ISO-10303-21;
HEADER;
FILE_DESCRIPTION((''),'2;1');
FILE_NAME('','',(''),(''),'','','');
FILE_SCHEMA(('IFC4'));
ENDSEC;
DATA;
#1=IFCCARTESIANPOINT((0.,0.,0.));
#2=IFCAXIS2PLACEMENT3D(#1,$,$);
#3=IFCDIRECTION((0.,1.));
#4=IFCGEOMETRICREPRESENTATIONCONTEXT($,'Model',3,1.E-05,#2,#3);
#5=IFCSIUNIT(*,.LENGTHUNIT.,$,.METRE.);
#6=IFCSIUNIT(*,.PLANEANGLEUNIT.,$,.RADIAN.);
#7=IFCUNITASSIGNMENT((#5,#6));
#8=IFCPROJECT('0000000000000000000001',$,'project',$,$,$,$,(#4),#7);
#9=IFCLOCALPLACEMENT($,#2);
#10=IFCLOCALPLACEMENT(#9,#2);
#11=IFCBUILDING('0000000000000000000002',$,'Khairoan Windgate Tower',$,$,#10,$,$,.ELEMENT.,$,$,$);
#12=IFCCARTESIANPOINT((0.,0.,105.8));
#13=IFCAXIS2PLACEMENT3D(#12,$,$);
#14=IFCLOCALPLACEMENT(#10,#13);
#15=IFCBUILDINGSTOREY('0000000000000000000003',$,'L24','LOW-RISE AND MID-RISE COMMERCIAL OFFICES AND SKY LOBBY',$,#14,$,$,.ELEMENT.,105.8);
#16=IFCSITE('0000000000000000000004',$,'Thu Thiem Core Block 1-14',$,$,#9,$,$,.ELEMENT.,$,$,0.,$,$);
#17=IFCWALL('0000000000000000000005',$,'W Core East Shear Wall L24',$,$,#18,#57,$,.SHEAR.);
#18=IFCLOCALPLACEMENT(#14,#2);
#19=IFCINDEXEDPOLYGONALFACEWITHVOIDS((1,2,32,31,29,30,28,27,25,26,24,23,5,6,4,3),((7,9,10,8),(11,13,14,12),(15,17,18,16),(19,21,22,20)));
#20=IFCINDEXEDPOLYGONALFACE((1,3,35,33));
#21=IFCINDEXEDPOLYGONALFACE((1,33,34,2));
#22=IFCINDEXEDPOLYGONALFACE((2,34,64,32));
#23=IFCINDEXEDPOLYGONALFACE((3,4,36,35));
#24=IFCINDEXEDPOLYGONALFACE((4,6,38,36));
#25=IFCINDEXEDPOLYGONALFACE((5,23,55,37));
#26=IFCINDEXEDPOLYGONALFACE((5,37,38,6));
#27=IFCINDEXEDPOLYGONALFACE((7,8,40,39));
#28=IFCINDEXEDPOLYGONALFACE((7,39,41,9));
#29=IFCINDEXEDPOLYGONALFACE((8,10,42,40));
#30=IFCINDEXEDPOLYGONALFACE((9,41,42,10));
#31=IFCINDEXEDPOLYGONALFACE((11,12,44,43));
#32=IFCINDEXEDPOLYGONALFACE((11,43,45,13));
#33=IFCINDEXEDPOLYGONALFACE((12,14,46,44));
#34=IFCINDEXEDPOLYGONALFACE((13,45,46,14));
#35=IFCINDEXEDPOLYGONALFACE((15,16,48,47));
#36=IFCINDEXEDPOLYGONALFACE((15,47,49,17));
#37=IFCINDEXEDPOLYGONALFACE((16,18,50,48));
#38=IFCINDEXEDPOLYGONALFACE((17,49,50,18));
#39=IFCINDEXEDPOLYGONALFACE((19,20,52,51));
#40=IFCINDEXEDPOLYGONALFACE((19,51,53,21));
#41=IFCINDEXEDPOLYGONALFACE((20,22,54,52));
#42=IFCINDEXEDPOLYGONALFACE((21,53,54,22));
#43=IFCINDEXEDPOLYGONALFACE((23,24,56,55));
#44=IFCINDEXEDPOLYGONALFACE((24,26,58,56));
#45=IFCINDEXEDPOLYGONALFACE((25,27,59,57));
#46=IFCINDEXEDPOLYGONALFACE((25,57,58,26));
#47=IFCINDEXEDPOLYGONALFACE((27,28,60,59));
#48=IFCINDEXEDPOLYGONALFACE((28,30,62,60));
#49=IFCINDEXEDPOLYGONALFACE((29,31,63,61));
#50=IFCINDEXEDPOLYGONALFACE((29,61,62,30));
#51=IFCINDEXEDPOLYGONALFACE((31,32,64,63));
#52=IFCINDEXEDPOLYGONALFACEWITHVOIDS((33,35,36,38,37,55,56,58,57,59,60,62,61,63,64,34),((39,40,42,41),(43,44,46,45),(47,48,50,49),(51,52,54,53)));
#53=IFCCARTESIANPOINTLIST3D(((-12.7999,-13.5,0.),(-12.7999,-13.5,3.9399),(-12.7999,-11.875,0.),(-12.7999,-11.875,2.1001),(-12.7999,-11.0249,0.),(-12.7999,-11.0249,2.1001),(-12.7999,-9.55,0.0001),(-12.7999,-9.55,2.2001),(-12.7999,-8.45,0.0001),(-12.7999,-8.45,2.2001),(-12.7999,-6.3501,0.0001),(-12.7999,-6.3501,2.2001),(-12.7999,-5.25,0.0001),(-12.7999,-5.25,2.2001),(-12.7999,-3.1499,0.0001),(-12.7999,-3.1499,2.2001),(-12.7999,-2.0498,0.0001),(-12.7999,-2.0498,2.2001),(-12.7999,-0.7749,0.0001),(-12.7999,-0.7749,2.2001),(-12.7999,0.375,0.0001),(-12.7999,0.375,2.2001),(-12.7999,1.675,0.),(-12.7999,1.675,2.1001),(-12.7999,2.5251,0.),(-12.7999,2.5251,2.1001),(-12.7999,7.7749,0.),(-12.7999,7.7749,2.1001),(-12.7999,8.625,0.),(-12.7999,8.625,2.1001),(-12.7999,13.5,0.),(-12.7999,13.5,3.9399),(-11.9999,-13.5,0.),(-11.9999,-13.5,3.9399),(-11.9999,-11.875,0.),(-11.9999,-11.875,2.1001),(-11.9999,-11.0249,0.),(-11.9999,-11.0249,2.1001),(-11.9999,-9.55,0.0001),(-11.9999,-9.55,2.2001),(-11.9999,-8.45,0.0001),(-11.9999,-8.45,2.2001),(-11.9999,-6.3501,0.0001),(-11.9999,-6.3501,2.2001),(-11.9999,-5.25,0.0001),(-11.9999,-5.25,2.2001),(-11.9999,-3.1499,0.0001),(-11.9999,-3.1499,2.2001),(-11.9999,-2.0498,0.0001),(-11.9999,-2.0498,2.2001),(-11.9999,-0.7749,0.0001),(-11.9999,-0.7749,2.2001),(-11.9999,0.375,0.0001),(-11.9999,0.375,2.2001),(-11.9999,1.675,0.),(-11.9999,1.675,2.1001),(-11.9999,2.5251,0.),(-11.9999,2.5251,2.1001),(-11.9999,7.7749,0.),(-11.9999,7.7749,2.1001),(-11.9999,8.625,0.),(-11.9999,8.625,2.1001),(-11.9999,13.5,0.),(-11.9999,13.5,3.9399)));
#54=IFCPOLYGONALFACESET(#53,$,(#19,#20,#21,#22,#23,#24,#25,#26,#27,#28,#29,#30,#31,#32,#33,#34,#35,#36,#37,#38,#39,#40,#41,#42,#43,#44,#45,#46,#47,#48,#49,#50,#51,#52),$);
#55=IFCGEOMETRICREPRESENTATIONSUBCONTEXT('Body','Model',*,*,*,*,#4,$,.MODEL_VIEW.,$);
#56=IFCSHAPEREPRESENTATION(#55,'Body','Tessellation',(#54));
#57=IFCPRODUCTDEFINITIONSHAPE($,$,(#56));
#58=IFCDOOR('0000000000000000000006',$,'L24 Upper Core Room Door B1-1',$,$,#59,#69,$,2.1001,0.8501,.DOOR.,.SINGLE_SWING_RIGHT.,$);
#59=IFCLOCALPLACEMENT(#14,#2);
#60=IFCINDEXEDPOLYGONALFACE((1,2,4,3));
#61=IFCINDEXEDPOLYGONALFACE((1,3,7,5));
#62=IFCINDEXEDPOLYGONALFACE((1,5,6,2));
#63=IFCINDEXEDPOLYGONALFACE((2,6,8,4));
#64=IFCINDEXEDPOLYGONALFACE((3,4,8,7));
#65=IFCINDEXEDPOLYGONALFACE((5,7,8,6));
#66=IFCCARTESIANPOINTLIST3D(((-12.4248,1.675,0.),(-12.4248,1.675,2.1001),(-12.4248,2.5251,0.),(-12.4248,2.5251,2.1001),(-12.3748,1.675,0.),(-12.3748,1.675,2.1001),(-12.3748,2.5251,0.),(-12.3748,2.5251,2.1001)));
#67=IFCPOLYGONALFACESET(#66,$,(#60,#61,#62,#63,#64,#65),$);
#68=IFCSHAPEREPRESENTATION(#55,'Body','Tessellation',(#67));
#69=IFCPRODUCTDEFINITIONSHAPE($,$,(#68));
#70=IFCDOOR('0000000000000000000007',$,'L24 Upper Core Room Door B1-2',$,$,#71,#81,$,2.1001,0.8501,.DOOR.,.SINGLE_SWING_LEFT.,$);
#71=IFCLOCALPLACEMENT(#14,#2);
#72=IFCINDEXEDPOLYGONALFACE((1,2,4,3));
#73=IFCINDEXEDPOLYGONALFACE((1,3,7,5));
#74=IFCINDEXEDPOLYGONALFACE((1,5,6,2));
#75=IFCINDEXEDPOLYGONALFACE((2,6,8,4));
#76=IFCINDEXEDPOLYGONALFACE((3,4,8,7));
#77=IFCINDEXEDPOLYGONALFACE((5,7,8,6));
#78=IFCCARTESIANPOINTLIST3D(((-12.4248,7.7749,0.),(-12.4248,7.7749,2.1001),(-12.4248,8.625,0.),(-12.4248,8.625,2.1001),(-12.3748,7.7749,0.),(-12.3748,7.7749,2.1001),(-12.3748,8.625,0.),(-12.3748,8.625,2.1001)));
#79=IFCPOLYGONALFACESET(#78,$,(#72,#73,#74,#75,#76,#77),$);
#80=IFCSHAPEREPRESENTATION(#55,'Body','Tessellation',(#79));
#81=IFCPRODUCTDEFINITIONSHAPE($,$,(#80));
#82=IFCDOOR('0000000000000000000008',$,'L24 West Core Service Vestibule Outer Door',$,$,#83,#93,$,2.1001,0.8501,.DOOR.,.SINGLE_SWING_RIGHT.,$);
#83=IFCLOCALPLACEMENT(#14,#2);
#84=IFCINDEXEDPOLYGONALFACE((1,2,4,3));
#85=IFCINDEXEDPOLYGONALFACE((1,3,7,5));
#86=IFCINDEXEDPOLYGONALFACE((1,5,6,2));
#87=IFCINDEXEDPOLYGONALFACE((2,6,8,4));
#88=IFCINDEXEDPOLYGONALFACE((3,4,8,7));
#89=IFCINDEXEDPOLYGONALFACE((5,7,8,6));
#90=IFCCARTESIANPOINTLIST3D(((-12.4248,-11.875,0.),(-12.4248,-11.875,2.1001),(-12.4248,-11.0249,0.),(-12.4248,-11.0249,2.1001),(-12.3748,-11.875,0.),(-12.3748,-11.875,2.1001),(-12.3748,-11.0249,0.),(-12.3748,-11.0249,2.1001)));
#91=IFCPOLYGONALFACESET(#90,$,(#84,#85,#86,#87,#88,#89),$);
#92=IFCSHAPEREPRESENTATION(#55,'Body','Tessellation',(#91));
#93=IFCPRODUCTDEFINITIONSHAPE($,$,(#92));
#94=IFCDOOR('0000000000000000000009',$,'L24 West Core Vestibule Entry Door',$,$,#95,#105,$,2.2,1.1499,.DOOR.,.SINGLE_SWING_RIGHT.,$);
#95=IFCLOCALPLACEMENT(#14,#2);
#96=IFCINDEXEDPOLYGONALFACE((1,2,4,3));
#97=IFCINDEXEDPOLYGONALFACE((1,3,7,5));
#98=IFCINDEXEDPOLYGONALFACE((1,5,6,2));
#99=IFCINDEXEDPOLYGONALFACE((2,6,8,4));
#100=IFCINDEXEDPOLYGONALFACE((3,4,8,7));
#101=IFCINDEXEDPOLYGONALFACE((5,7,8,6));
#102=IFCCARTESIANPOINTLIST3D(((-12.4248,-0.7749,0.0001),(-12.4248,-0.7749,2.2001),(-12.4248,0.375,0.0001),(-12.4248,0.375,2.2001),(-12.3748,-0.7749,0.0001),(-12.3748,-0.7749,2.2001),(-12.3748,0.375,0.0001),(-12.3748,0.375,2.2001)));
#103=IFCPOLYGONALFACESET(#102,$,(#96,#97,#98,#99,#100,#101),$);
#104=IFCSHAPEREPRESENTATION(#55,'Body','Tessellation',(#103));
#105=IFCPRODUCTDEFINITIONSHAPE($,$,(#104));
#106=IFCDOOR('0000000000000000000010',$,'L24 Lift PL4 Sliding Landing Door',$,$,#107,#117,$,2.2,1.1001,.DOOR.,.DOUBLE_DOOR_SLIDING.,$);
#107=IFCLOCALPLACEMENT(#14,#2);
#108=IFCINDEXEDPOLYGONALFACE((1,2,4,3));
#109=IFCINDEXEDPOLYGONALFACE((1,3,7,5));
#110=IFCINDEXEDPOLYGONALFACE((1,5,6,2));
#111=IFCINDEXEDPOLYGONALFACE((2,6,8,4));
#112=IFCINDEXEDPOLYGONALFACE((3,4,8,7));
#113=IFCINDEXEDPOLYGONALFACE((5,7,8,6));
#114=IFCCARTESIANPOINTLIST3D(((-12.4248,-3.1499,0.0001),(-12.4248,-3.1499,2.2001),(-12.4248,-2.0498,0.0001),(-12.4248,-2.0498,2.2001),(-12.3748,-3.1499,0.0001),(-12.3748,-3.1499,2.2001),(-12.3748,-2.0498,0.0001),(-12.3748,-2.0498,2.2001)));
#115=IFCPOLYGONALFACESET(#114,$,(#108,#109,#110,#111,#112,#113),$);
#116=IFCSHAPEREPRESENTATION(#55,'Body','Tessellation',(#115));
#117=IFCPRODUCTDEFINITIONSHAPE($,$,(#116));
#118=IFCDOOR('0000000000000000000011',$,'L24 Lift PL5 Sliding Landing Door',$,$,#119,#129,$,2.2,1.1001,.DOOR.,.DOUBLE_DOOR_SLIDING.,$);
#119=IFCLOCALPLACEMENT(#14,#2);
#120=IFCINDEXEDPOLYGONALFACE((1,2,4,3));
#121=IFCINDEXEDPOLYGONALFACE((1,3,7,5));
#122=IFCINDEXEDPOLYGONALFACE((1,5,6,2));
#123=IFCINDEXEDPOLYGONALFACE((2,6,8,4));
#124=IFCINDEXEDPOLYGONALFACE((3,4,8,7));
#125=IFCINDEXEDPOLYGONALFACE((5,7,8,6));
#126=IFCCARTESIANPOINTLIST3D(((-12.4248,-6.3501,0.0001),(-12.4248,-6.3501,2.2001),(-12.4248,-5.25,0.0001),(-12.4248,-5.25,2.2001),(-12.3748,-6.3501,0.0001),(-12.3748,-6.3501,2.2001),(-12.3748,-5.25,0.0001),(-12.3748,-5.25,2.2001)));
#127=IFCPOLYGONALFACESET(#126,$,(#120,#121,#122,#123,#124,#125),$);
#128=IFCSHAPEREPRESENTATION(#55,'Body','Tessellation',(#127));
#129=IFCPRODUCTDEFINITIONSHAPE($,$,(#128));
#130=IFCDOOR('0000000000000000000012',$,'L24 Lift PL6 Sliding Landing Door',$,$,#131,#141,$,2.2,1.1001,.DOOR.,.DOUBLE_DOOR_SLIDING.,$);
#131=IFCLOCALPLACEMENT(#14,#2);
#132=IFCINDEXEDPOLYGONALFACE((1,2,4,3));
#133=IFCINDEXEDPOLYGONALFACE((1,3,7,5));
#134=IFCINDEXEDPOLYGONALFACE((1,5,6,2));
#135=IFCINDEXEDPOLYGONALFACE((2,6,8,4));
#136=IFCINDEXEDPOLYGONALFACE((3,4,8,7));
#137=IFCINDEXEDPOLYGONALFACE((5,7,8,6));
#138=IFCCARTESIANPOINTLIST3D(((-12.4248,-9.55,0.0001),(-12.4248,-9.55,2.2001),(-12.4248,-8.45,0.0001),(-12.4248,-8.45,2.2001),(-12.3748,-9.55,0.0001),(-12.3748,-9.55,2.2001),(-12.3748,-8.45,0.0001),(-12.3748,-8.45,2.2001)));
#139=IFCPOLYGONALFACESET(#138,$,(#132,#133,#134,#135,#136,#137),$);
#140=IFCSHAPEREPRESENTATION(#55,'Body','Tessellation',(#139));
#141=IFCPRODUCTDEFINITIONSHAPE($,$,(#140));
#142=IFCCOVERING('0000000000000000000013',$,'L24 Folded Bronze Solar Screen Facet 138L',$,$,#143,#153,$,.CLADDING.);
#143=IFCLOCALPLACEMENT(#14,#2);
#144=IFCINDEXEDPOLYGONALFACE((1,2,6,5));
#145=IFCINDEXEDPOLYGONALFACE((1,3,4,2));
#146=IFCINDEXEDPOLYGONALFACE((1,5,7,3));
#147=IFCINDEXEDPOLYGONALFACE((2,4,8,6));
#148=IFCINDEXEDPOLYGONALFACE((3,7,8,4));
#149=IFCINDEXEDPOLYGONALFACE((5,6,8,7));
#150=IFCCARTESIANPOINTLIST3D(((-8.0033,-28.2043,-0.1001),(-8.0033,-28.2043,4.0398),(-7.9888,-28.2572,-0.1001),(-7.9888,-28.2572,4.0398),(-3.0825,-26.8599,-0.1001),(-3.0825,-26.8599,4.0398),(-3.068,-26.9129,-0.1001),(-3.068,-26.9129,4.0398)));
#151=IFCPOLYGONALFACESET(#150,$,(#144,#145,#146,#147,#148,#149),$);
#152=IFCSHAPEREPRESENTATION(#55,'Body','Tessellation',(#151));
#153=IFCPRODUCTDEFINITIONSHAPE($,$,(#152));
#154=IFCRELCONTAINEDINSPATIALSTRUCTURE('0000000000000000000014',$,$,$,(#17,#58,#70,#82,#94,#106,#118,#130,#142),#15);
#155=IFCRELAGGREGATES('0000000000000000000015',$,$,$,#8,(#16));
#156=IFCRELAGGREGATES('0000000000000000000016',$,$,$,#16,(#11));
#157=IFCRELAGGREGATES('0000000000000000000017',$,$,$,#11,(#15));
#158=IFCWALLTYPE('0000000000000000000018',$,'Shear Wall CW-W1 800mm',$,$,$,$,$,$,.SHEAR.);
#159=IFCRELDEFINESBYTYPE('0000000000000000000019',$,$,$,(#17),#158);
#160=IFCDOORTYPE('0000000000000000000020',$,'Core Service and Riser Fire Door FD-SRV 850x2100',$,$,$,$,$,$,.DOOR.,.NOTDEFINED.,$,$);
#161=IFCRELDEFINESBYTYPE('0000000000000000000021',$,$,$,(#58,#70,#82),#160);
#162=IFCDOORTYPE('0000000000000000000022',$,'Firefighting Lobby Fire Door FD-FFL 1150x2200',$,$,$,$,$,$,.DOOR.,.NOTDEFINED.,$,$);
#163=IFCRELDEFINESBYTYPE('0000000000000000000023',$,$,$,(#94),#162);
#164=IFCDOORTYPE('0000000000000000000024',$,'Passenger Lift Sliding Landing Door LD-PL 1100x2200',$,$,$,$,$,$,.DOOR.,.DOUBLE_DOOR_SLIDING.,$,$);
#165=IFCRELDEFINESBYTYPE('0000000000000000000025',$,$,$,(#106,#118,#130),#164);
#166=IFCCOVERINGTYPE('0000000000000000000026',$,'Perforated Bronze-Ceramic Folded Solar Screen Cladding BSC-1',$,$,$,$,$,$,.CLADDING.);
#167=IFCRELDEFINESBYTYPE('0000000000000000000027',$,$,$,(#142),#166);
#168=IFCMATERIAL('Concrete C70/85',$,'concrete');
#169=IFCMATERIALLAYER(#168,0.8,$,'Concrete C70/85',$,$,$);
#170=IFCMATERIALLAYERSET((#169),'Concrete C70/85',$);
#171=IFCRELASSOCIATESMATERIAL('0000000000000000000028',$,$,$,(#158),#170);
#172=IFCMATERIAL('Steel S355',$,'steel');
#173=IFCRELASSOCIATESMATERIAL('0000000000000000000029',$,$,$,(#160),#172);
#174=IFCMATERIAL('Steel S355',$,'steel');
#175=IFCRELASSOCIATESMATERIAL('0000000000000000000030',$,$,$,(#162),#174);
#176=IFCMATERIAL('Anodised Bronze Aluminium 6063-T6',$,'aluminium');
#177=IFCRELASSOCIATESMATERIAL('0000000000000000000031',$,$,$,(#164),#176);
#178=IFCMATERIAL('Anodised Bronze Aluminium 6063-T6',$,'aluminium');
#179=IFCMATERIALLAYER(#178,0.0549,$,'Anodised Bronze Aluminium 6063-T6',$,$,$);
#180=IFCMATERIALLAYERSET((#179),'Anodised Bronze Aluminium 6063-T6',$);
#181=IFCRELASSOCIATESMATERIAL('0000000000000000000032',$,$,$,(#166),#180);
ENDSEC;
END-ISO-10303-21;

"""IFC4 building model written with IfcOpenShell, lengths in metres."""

from ifc_helpers import new_model, si_unit, direction, frame, frame_2d, origin, origin_2d, place, context, subcontext, project, spatial, rectangle, extrude, material, layer, layer_set, type_object, element, fill, save


model = new_model("IFC4")

# Units and contexts
model_context = context("Model", 3, precision=1e-05, world=origin(), true_north=direction((0.0, 1.0)))
body_context = subcontext(model_context, "Body", "Model", "MODEL_VIEW")
ifc_project = project(units=[si_unit("LENGTHUNIT", "METRE"), si_unit("PLANEANGLEUNIT", "RADIAN")], contexts=[model_context])

# Site, building, storey
site_placement = place(None, origin())
site = spatial("IfcSite", under=ifc_project, at=site_placement, Name="Thu Thiem Core Block 1-14", CompositionType="ELEMENT", RefElevation=0.0)
building_placement = place(site_placement, origin())
building = spatial("IfcBuilding", under=site, at=building_placement, Name="Khairoan Windgate Tower", CompositionType="ELEMENT")
storey_placement = place(building_placement, frame((0.0, 0.0, 105.8)))
storey = spatial("IfcBuildingStorey", under=building, at=storey_placement, Name="L24", Description="LOW-RISE AND MID-RISE COMMERCIAL OFFICES AND SKY LOBBY", CompositionType="ELEMENT", Elevation=105.8)

# Wall, openings, doors
ifc_material_1 = material(Name="Concrete C70/85", Category="concrete")
ifc_layer_1 = layer(ifc_material_1, 0.8, Name="Concrete C70/85")
ifc_layer_set_1 = layer_set([ifc_layer_1], Name="Concrete C70/85")
wall_type_1 = type_object("IfcWallType", Name="Shear Wall CW-W1 800mm", PredefinedType="SHEAR", material=ifc_layer_set_1)
wall_1_placement = place(storey_placement, frame((-12.3999, -13.5, 0.0), z_axis=(0.0, 0.0, 1.0), x_axis=(0.0, 1.0, 0.0)))
wall_1 = element("IfcWall", 1, at=wall_1_placement, inside=storey, type_object=wall_type_1, Name="W Core East Shear Wall L24", PredefinedType="SHEAR", context=body_context, shape_type="SweptSolid", body=[
    extrude(rectangle(XDim=27.0, YDim=0.8, at=frame_2d((13.5, 0.0))), origin(), (0.0, 0.0, 1.0), 3.9399),
])
opening_1_placement = place(wall_1_placement, frame((10.3501, 0.0, 0.0)))
opening_1 = element("IfcOpeningElement", 2, at=opening_1_placement, cuts=wall_1, PredefinedType="OPENING", context=body_context, shape_type="SweptSolid", body=[
    extrude(rectangle(XDim=1.1001, YDim=2.2, at=frame_2d((0.55, 1.1001))), frame((0.0, 0.4099, 0.0), z_axis=(0.0, -1.0, 0.0), x_axis=(1.0, 0.0, 0.0)), (0.0, 0.0, 1.0), 0.8201),
])
opening_2_placement = place(wall_1_placement, frame((7.1499, 0.0, 0.0)))
opening_2 = element("IfcOpeningElement", 3, at=opening_2_placement, cuts=wall_1, PredefinedType="OPENING", context=body_context, shape_type="SweptSolid", body=[
    extrude(rectangle(XDim=1.1001, YDim=2.2, at=frame_2d((0.55, 1.1001))), frame((0.0, 0.4099, 0.0), z_axis=(0.0, -1.0, 0.0), x_axis=(1.0, 0.0, 0.0)), (0.0, 0.0, 1.0), 0.8201),
])
opening_3_placement = place(wall_1_placement, frame((3.95, 0.0, 0.0)))
opening_3 = element("IfcOpeningElement", 4, at=opening_3_placement, cuts=wall_1, PredefinedType="OPENING", context=body_context, shape_type="SweptSolid", body=[
    extrude(rectangle(XDim=1.1001, YDim=2.2, at=frame_2d((0.55, 1.1001))), frame((0.0, 0.4099, 0.0), z_axis=(0.0, -1.0, 0.0), x_axis=(1.0, 0.0, 0.0)), (0.0, 0.0, 1.0), 0.8201),
])
opening_4_placement = place(wall_1_placement, frame((15.175, 0.0, 0.0)))
opening_4 = element("IfcOpeningElement", 5, at=opening_4_placement, cuts=wall_1, PredefinedType="OPENING", context=body_context, shape_type="SweptSolid", body=[
    extrude(rectangle(XDim=0.8501, YDim=2.1001, at=frame_2d((0.425, 1.05))), frame((0.0, 0.4099, 0.0), z_axis=(0.0, -1.0, 0.0), x_axis=(1.0, 0.0, 0.0)), (0.0, 0.0, 1.0), 0.8201),
])
opening_5_placement = place(wall_1_placement, frame((21.2749, 0.0, 0.0)))
opening_5 = element("IfcOpeningElement", 6, at=opening_5_placement, cuts=wall_1, PredefinedType="OPENING", context=body_context, shape_type="SweptSolid", body=[
    extrude(rectangle(XDim=0.8501, YDim=2.1001, at=frame_2d((0.425, 1.05))), frame((0.0, 0.4099, 0.0), z_axis=(0.0, -1.0, 0.0), x_axis=(1.0, 0.0, 0.0)), (0.0, 0.0, 1.0), 0.8201),
])
opening_6_placement = place(wall_1_placement, frame((12.7251, 0.0, 0.0)))
opening_6 = element("IfcOpeningElement", 7, at=opening_6_placement, cuts=wall_1, PredefinedType="OPENING", context=body_context, shape_type="SweptSolid", body=[
    extrude(rectangle(XDim=1.1499, YDim=2.2, at=frame_2d((0.575, 1.1001))), frame((0.0, 0.4099, 0.0), z_axis=(0.0, -1.0, 0.0), x_axis=(1.0, 0.0, 0.0)), (0.0, 0.0, 1.0), 0.8201),
])
opening_7_placement = place(wall_1_placement, frame((1.625, 0.0, 0.0)))
opening_7 = element("IfcOpeningElement", 8, at=opening_7_placement, cuts=wall_1, PredefinedType="OPENING", context=body_context, shape_type="SweptSolid", body=[
    extrude(rectangle(XDim=0.8501, YDim=2.1001, at=frame_2d((0.425, 1.05))), frame((0.0, 0.4099, 0.0), z_axis=(0.0, -1.0, 0.0), x_axis=(1.0, 0.0, 0.0)), (0.0, 0.0, 1.0), 0.8201),
])
ifc_material_2 = material(Name="Steel S355", Category="steel")
door_type_1 = type_object("IfcDoorType", Name="Core Service and Riser Fire Door FD-SRV 850x2100", OperationType="NOTDEFINED", PredefinedType="DOOR", material=ifc_material_2)
door_1_placement = place(opening_4_placement, origin())
door_1 = element("IfcDoor", 9, at=door_1_placement, inside=storey, type_object=door_type_1, Name="L24 Upper Core Room Door B1-1", OperationType="SINGLE_SWING_RIGHT", OverallHeight=2.1001, OverallWidth=0.8501, PredefinedType="DOOR", context=body_context, shape_type="SweptSolid", body=[
    extrude(rectangle(XDim=0.8501, YDim=2.1001, at=frame_2d((0.425, 1.05))), frame((0.0, 0.0249, 0.0), z_axis=(0.0, -1.0, 0.0), x_axis=(1.0, 0.0, 0.0)), (0.0, 0.0, 1.0), 0.05),
])
fill(opening_4, door_1)
door_2_placement = place(opening_5_placement, origin())
door_2 = element("IfcDoor", 10, at=door_2_placement, inside=storey, type_object=door_type_1, Name="L24 Upper Core Room Door B1-2", OperationType="SINGLE_SWING_LEFT", OverallHeight=2.1001, OverallWidth=0.8501, PredefinedType="DOOR", context=body_context, shape_type="SweptSolid", body=[
    extrude(rectangle(XDim=0.8501, YDim=2.1001, at=frame_2d((0.425, 1.05))), frame((0.0, 0.0249, 0.0), z_axis=(0.0, -1.0, 0.0), x_axis=(1.0, 0.0, 0.0)), (0.0, 0.0, 1.0), 0.05),
])
fill(opening_5, door_2)
door_3_placement = place(opening_7_placement, origin())
door_3 = element("IfcDoor", 11, at=door_3_placement, inside=storey, type_object=door_type_1, Name="L24 West Core Service Vestibule Outer Door", OperationType="SINGLE_SWING_RIGHT", OverallHeight=2.1001, OverallWidth=0.8501, PredefinedType="DOOR", context=body_context, shape_type="SweptSolid", body=[
    extrude(rectangle(XDim=0.8501, YDim=2.1001, at=frame_2d((0.425, 1.05))), frame((0.0, 0.0249, 0.0), z_axis=(0.0, -1.0, 0.0), x_axis=(1.0, 0.0, 0.0)), (0.0, 0.0, 1.0), 0.05),
])
fill(opening_7, door_3)
ifc_material_3 = material(Name="Steel S355", Category="steel")
door_type_2 = type_object("IfcDoorType", Name="Firefighting Lobby Fire Door FD-FFL 1150x2200", OperationType="NOTDEFINED", PredefinedType="DOOR", material=ifc_material_3)
door_4_placement = place(opening_6_placement, origin())
door_4 = element("IfcDoor", 12, at=door_4_placement, inside=storey, type_object=door_type_2, Name="L24 West Core Vestibule Entry Door", OperationType="SINGLE_SWING_RIGHT", OverallHeight=2.2, OverallWidth=1.1499, PredefinedType="DOOR", context=body_context, shape_type="SweptSolid", body=[
    extrude(rectangle(XDim=1.1499, YDim=2.2, at=frame_2d((0.575, 1.1001))), frame((0.0, 0.0249, 0.0), z_axis=(0.0, -1.0, 0.0), x_axis=(1.0, 0.0, 0.0)), (0.0, 0.0, 1.0), 0.05),
])
fill(opening_6, door_4)
ifc_material_4 = material(Name="Anodised Bronze Aluminium 6063-T6", Category="aluminium")
door_type_3 = type_object("IfcDoorType", Name="Passenger Lift Sliding Landing Door LD-PL 1100x2200", OperationType="DOUBLE_DOOR_SLIDING", PredefinedType="DOOR", material=ifc_material_4)
door_5_placement = place(opening_1_placement, origin())
door_5 = element("IfcDoor", 13, at=door_5_placement, inside=storey, type_object=door_type_3, Name="L24 Lift PL4 Sliding Landing Door", OperationType="DOUBLE_DOOR_SLIDING", OverallHeight=2.2, OverallWidth=1.1001, PredefinedType="DOOR", context=body_context, shape_type="SweptSolid", body=[
    extrude(rectangle(XDim=1.1001, YDim=2.2, at=frame_2d((0.55, 1.1001))), frame((0.0, 0.0249, 0.0), z_axis=(0.0, -1.0, 0.0), x_axis=(1.0, 0.0, 0.0)), (0.0, 0.0, 1.0), 0.05),
])
fill(opening_1, door_5)
door_6_placement = place(opening_2_placement, origin())
door_6 = element("IfcDoor", 14, at=door_6_placement, inside=storey, type_object=door_type_3, Name="L24 Lift PL5 Sliding Landing Door", OperationType="DOUBLE_DOOR_SLIDING", OverallHeight=2.2, OverallWidth=1.1001, PredefinedType="DOOR", context=body_context, shape_type="SweptSolid", body=[
    extrude(rectangle(XDim=1.1001, YDim=2.2, at=frame_2d((0.55, 1.1001))), frame((0.0, 0.0249, 0.0), z_axis=(0.0, -1.0, 0.0), x_axis=(1.0, 0.0, 0.0)), (0.0, 0.0, 1.0), 0.05),
])
fill(opening_2, door_6)
door_7_placement = place(opening_3_placement, origin())
door_7 = element("IfcDoor", 15, at=door_7_placement, inside=storey, type_object=door_type_3, Name="L24 Lift PL6 Sliding Landing Door", OperationType="DOUBLE_DOOR_SLIDING", OverallHeight=2.2, OverallWidth=1.1001, PredefinedType="DOOR", context=body_context, shape_type="SweptSolid", body=[
    extrude(rectangle(XDim=1.1001, YDim=2.2, at=frame_2d((0.55, 1.1001))), frame((0.0, 0.0249, 0.0), z_axis=(0.0, -1.0, 0.0), x_axis=(1.0, 0.0, 0.0)), (0.0, 0.0, 1.0), 0.05),
])
fill(opening_3, door_7)

# Covering
ifc_material_5 = material(Name="Anodised Bronze Aluminium 6063-T6", Category="aluminium")
ifc_layer_2 = layer(ifc_material_5, 0.0549, Name="Anodised Bronze Aluminium 6063-T6")
ifc_layer_set_2 = layer_set([ifc_layer_2], Name="Anodised Bronze Aluminium 6063-T6")
covering_type = type_object("IfcCoveringType", Name="Perforated Bronze-Ceramic Folded Solar Screen Cladding BSC-1", PredefinedType="CLADDING", material=ifc_layer_set_2)
covering_placement = place(storey_placement, frame((-5.5356, -27.5586, -0.1001), z_axis=(0.0, 0.0, 1.0), x_axis=(-0.964649, -0.263536, 0.0)))
element("IfcCovering", 16, at=covering_placement, inside=storey, type_object=covering_type, Name="L24 Folded Bronze Solar Screen Facet 138L", PredefinedType="CLADDING", context=body_context, shape_type="SweptSolid", body=[
    extrude(rectangle(XDim=5.1011, YDim=0.0549, at=origin_2d()), origin(), (0.0, 0.0, 1.0), 4.1399),
])

save(model, "model.ifc")
